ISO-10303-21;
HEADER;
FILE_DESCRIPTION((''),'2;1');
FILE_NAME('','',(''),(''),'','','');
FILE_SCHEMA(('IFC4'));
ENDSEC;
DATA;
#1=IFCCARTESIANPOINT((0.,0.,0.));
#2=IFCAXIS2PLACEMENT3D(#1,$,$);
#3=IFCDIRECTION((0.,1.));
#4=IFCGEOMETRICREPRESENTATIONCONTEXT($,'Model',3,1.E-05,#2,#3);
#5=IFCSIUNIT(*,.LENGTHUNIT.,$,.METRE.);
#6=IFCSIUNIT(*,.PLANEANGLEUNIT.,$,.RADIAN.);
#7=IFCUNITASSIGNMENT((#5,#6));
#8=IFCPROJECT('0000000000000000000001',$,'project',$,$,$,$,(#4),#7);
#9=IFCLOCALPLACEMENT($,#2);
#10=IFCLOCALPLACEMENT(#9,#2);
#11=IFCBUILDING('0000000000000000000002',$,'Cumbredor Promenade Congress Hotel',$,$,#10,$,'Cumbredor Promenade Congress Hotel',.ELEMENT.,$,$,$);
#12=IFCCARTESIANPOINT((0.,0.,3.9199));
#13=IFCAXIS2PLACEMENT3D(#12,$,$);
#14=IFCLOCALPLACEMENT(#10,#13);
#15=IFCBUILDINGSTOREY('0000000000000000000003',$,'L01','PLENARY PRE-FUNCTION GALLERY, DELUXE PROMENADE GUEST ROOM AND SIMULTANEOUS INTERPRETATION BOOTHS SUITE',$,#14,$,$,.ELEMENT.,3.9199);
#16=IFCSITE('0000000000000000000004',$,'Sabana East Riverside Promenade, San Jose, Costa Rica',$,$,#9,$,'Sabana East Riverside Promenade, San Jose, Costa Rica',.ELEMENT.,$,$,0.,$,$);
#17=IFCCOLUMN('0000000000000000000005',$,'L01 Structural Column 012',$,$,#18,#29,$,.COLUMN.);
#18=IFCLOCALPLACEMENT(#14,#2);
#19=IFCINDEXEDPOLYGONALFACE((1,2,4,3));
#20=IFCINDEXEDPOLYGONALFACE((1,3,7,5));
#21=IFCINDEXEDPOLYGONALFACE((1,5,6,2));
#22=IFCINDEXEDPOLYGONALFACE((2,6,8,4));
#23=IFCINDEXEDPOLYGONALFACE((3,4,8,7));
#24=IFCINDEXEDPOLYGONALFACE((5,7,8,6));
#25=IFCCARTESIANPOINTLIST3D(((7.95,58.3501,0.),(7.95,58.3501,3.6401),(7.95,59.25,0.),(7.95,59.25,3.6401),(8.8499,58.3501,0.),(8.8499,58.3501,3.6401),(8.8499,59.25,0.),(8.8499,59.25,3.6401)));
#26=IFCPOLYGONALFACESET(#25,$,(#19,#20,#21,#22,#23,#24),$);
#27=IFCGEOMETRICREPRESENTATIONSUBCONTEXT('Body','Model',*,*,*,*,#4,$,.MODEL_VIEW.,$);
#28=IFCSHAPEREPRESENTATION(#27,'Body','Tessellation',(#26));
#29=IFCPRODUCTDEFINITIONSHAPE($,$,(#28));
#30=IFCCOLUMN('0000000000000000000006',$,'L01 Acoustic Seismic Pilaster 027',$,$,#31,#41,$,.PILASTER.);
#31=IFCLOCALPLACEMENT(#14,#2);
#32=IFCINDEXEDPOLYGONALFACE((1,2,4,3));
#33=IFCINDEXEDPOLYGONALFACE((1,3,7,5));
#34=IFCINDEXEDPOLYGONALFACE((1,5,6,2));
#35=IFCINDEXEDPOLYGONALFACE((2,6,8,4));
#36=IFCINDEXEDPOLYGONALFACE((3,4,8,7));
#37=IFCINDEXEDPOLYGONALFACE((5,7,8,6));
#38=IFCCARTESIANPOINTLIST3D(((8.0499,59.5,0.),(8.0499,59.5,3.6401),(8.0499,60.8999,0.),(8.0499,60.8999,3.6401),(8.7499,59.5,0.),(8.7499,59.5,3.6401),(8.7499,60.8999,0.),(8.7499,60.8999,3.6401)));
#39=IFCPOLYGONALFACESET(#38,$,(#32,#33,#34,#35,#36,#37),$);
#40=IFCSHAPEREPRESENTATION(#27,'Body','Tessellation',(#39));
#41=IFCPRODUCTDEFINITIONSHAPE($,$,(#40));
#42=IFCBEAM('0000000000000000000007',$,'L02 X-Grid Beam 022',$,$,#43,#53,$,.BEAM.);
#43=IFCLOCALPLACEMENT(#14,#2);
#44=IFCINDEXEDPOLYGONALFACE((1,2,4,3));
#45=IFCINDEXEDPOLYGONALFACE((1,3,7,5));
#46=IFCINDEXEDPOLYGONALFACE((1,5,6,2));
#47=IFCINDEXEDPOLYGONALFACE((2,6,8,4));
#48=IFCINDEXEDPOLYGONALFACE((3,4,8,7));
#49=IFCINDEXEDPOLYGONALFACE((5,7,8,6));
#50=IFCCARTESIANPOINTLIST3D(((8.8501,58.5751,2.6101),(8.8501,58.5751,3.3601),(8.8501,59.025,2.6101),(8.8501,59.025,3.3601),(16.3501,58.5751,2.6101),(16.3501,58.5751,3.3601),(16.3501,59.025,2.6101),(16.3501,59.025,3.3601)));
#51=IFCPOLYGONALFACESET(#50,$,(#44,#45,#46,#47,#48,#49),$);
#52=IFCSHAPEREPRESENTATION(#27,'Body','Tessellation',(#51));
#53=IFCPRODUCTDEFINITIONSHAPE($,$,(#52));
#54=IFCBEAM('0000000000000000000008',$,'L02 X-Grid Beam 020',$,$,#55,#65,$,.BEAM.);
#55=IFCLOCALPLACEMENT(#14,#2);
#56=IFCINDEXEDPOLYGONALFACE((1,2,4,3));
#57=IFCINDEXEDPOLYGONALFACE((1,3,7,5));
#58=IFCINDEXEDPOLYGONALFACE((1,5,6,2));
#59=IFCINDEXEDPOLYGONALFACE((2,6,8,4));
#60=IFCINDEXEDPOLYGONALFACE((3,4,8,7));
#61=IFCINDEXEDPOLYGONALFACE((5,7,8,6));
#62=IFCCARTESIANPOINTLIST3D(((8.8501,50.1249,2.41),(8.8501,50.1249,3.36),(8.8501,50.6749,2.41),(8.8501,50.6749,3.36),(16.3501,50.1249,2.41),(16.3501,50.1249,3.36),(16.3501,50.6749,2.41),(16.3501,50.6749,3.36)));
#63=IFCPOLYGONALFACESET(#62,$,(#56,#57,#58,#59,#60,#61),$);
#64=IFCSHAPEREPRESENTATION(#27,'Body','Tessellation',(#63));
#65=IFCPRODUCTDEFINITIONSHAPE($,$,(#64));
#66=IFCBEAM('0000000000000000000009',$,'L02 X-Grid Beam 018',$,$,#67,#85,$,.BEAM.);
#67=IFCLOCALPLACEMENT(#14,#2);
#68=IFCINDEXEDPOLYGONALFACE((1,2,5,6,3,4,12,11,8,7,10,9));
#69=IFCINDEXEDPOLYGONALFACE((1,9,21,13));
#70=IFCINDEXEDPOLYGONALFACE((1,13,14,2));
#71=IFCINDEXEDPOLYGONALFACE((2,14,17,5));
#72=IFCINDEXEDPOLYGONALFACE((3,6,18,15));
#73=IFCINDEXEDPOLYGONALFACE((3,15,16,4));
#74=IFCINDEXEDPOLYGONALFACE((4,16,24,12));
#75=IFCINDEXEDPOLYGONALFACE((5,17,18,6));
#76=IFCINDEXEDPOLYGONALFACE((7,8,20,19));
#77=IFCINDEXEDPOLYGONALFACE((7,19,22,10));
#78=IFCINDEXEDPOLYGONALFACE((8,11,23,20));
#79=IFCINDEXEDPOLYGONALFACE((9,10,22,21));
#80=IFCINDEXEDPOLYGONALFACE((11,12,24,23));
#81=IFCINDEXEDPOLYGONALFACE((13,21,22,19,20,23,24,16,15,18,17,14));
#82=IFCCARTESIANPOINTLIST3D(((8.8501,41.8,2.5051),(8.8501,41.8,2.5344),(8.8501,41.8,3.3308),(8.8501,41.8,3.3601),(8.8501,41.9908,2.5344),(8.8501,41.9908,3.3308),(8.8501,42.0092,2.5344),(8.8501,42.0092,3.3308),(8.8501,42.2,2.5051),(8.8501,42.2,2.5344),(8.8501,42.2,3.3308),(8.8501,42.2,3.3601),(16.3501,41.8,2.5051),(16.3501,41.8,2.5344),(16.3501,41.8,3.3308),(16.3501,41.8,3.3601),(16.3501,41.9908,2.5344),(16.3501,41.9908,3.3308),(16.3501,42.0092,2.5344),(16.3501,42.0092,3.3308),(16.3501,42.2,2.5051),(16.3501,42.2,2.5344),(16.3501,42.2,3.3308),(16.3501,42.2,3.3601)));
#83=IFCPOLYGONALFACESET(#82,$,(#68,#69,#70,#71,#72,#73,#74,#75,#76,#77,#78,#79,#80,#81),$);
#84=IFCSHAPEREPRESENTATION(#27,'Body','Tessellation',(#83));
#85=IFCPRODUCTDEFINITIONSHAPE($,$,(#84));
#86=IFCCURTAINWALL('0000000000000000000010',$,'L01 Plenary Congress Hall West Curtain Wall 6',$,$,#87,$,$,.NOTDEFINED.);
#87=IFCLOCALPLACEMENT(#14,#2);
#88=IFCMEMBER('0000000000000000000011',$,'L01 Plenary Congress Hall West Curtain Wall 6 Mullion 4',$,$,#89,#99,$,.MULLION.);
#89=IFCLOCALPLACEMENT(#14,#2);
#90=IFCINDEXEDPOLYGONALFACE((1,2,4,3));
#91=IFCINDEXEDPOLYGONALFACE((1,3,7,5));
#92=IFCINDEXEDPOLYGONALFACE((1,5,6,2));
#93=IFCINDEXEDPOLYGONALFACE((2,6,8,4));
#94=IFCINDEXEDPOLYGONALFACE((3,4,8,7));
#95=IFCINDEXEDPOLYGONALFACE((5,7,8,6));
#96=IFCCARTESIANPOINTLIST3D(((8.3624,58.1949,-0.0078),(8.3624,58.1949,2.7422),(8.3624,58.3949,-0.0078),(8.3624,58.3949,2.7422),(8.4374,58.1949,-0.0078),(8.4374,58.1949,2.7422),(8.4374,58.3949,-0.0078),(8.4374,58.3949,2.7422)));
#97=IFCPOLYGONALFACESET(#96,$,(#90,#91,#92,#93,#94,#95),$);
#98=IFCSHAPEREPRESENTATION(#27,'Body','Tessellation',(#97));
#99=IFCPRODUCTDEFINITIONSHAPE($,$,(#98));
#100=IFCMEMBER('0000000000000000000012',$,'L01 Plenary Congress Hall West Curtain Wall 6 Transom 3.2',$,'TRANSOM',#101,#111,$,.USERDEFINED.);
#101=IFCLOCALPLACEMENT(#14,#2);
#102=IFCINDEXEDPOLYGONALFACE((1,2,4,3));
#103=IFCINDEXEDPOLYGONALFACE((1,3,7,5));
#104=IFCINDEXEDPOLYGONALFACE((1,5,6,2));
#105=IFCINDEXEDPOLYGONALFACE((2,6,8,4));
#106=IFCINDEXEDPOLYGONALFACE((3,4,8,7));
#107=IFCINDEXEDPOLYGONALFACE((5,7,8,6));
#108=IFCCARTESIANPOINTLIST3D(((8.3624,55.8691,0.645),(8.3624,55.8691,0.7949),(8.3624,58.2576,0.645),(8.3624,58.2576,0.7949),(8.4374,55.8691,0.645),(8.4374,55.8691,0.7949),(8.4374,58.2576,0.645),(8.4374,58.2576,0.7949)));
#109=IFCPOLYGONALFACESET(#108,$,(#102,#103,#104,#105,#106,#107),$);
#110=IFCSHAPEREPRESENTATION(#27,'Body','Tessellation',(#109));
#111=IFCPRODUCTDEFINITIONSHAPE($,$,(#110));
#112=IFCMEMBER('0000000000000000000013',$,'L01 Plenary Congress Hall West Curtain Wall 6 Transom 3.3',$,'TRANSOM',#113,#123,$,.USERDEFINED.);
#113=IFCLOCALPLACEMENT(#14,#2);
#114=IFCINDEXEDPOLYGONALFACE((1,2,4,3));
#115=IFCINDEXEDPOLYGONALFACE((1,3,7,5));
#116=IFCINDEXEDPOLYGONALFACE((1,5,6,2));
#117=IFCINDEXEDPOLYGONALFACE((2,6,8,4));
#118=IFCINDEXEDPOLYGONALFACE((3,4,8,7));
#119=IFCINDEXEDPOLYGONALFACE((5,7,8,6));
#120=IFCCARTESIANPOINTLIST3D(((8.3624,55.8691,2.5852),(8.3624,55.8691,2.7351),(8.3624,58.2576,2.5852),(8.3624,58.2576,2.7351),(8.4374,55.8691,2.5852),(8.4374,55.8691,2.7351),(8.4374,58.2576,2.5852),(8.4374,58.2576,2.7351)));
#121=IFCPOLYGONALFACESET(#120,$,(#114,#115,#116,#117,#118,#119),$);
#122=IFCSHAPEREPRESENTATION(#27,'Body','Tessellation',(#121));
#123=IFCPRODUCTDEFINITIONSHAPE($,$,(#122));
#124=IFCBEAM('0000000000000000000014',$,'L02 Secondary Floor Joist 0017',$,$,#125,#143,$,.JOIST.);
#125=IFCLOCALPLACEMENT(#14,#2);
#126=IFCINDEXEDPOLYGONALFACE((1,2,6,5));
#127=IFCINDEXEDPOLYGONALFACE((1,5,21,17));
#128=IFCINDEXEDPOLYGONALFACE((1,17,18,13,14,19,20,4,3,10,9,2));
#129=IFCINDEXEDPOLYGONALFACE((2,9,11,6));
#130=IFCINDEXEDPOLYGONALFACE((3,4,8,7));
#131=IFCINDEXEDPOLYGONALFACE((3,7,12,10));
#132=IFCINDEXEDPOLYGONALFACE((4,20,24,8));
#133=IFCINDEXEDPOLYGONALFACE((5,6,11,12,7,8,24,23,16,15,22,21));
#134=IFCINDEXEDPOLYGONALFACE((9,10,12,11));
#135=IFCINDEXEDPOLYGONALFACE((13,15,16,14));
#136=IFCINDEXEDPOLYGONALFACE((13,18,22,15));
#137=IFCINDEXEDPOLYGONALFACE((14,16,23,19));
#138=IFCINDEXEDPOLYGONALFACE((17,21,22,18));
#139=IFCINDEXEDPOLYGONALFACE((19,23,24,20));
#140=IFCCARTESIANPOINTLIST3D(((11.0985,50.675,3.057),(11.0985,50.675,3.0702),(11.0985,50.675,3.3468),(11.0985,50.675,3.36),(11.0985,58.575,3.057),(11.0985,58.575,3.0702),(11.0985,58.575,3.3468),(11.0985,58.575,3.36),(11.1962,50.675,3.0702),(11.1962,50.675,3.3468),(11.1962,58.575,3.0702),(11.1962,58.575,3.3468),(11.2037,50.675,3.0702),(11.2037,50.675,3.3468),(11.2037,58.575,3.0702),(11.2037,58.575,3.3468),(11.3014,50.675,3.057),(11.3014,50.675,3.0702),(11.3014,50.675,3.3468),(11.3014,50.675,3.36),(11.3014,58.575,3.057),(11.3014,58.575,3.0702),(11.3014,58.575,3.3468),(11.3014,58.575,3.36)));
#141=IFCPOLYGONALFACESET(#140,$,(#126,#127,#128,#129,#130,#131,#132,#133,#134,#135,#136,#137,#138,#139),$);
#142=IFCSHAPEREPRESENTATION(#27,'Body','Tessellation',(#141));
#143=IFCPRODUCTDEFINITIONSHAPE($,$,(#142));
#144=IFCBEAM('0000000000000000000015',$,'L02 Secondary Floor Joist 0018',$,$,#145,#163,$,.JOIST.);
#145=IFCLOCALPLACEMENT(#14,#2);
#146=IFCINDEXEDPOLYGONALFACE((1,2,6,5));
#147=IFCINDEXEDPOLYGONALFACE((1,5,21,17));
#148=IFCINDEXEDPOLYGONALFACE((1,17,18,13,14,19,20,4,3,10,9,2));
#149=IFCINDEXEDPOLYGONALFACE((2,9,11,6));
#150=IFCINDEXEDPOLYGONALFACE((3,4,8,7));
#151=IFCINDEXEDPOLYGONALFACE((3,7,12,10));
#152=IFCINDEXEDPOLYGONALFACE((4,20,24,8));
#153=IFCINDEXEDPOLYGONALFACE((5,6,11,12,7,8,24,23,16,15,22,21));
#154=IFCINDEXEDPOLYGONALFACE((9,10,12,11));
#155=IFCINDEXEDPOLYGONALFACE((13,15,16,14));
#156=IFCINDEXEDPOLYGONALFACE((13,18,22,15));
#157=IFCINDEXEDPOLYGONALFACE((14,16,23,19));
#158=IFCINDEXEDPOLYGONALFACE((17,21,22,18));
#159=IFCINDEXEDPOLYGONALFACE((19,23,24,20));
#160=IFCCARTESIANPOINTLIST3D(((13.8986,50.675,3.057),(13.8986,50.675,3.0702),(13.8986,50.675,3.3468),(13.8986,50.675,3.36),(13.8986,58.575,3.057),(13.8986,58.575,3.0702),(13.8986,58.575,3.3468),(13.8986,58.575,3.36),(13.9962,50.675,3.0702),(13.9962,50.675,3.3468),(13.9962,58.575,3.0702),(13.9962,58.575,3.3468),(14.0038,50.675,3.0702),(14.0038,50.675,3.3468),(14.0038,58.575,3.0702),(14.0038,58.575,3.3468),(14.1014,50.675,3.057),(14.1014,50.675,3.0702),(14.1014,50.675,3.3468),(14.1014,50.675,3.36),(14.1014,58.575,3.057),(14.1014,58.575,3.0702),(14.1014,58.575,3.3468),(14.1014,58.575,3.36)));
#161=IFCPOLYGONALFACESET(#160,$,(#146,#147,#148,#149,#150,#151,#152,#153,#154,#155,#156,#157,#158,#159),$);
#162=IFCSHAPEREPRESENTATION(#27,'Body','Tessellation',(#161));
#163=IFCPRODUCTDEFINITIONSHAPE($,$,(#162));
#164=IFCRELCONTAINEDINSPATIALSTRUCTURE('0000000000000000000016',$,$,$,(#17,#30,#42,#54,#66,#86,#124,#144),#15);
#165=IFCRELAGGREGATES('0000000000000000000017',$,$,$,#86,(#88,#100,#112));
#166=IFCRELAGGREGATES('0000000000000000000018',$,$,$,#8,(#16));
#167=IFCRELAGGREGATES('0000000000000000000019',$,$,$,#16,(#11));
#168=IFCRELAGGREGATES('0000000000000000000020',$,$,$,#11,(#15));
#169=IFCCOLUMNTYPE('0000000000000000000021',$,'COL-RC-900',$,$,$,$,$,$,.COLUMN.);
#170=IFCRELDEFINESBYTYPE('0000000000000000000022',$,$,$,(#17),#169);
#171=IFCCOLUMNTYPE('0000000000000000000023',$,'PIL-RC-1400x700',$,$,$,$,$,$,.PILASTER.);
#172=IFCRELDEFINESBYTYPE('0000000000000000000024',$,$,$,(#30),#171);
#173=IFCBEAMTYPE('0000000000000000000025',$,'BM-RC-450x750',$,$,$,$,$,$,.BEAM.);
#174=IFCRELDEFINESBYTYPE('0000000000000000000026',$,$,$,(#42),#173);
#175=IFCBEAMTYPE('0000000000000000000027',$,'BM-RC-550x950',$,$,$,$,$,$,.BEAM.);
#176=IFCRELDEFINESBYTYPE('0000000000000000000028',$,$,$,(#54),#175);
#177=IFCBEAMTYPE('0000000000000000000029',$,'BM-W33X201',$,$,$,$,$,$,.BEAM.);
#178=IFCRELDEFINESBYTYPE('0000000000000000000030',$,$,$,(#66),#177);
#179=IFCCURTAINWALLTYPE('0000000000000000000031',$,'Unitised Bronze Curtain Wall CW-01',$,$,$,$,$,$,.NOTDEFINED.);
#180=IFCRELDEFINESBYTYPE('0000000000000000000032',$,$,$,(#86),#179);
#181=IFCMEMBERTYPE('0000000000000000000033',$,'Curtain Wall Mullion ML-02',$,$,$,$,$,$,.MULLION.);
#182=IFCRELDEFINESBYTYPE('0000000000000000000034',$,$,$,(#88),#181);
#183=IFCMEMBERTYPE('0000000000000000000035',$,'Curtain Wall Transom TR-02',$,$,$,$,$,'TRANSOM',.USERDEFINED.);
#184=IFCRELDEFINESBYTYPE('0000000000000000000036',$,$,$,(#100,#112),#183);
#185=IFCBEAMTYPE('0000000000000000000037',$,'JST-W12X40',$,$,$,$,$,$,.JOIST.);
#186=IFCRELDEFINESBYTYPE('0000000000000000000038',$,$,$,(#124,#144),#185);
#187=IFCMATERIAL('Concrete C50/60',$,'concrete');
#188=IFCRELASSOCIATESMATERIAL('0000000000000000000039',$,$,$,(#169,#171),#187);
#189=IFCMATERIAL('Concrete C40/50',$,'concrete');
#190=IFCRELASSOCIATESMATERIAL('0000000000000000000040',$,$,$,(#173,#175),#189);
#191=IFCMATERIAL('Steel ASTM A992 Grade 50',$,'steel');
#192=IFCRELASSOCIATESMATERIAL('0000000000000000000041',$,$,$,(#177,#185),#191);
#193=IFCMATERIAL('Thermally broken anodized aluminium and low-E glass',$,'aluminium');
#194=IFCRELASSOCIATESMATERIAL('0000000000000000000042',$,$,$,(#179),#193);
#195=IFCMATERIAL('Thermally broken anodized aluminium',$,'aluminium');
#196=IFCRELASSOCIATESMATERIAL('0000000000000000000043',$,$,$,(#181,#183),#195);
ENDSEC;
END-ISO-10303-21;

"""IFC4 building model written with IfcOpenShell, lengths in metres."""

from ifc_helpers import new_model, si_unit, direction, frame, origin, origin_2d, place, context, subcontext, project, spatial, rectangle, i_section, extrude, material, material_profile, profile_set, type_object, element, aggregate, save


model = new_model("IFC4")

# Units and contexts
model_context = context("Model", 3, precision=1e-05, world=origin(), true_north=direction((0.0, 1.0)))
body_context = subcontext(model_context, "Body", "Model", "MODEL_VIEW")
ifc_project = project(units=[si_unit("LENGTHUNIT", "METRE"), si_unit("PLANEANGLEUNIT", "RADIAN")], contexts=[model_context])

# Site, building, storey
site_placement = place(None, origin())
site = spatial("IfcSite", under=ifc_project, at=site_placement, Name="Sabana East Riverside Promenade, San Jose, Costa Rica", LongName="Sabana East Riverside Promenade, San Jose, Costa Rica", CompositionType="ELEMENT", RefElevation=0.0)
building_placement = place(site_placement, origin())
building = spatial("IfcBuilding", under=site, at=building_placement, Name="Cumbredor Promenade Congress Hotel", LongName="Cumbredor Promenade Congress Hotel", CompositionType="ELEMENT")
storey_placement = place(building_placement, frame((0.0, 0.0, 3.9199)))
storey = spatial("IfcBuildingStorey", under=building, at=storey_placement, Name="L01", Description="PLENARY PRE-FUNCTION GALLERY, DELUXE PROMENADE GUEST ROOM AND SIMULTANEOUS INTERPRETATION BOOTHS SUITE", CompositionType="ELEMENT", Elevation=3.9199)

# Columns
ifc_material_1 = material(Name="Concrete C50/60", Category="concrete")
ifc_material_profile_1 = material_profile(ifc_material_1, rectangle(XDim=0.8999, YDim=0.8999, at=origin_2d()), Name="RC 900x900")
ifc_profile_set_1 = profile_set([ifc_material_profile_1], Name="Concrete C50/60")
column_type_1 = type_object("IfcColumnType", Name="COL-RC-900", PredefinedType="COLUMN", material=ifc_profile_set_1)
column_1_placement = place(storey_placement, frame((8.3999, 58.8, 0.0), z_axis=(0.0, 0.0, 1.0), x_axis=(1.0, 0.0, 0.0)))
element("IfcColumn", 1, at=column_1_placement, inside=storey, type_object=column_type_1, Name="L01 Structural Column 012", PredefinedType="COLUMN", context=body_context, shape_type="SweptSolid", body=[
    extrude(rectangle(XDim=0.8999, YDim=0.8999, at=origin_2d()), origin(), (0.0, 0.0, 1.0), 3.6401),
])
ifc_material_profile_2 = material_profile(ifc_material_1, rectangle(XDim=0.7, YDim=1.3999, at=origin_2d()), Name="RC PILASTER 1400x700")
ifc_profile_set_2 = profile_set([ifc_material_profile_2], Name="Concrete C50/60")
column_type_2 = type_object("IfcColumnType", Name="PIL-RC-1400x700", PredefinedType="PILASTER", material=ifc_profile_set_2)
column_2_placement = place(storey_placement, frame((8.3999, 60.2, 0.0), z_axis=(0.0, 0.0, 1.0), x_axis=(1.0, 0.0, 0.0)))
element("IfcColumn", 2, at=column_2_placement, inside=storey, type_object=column_type_2, Name="L01 Acoustic Seismic Pilaster 027", PredefinedType="PILASTER", context=body_context, shape_type="SweptSolid", body=[
    extrude(rectangle(XDim=0.7, YDim=1.3999, at=origin_2d()), origin(), (0.0, 0.0, 1.0), 3.6401),
])

# Beams
ifc_material_2 = material(Name="Concrete C40/50", Category="concrete")
ifc_material_profile_3 = material_profile(ifc_material_2, rectangle(XDim=0.45, YDim=0.75, at=origin_2d()), Name="RC BEAM 450x750")
ifc_profile_set_3 = profile_set([ifc_material_profile_3], Name="Concrete C40/50")
beam_type_1 = type_object("IfcBeamType", Name="BM-RC-450x750", PredefinedType="BEAM", material=ifc_profile_set_3)
beam_1_placement = place(storey_placement, frame((8.8501, 58.8, 2.9851), z_axis=(1.0, 0.0, 0.0), x_axis=(0.0, 1.0, 0.0)))
element("IfcBeam", 3, at=beam_1_placement, inside=storey, type_object=beam_type_1, Name="L02 X-Grid Beam 022", PredefinedType="BEAM", context=body_context, shape_type="SweptSolid", body=[
    extrude(rectangle(XDim=0.45, YDim=0.75, at=origin_2d()), origin(), (0.0, 0.0, 1.0), 7.5),
])
ifc_material_profile_4 = material_profile(ifc_material_2, rectangle(XDim=0.55, YDim=0.95, at=origin_2d()), Name="RC BEAM 550x950")
ifc_profile_set_4 = profile_set([ifc_material_profile_4], Name="Concrete C40/50")
beam_type_2 = type_object("IfcBeamType", Name="BM-RC-550x950", PredefinedType="BEAM", material=ifc_profile_set_4)
beam_2_placement = place(storey_placement, frame((8.8501, 50.3999, 2.885), z_axis=(1.0, 0.0, 0.0), x_axis=(0.0, 1.0, 0.0)))
element("IfcBeam", 4, at=beam_2_placement, inside=storey, type_object=beam_type_2, Name="L02 X-Grid Beam 020", PredefinedType="BEAM", context=body_context, shape_type="SweptSolid", body=[
    extrude(rectangle(XDim=0.55, YDim=0.95, at=origin_2d()), origin(), (0.0, 0.0, 1.0), 7.5),
])
ifc_material_3 = material(Name="Steel ASTM A992 Grade 50", Category="steel")
ifc_material_profile_5 = material_profile(ifc_material_3, i_section(OverallWidth=0.3999, OverallDepth=0.855, WebThickness=0.0183, FlangeThickness=0.0293, at=origin_2d()), Name="W33X201")
ifc_profile_set_5 = profile_set([ifc_material_profile_5], Name="Steel ASTM A992 Grade 50")
beam_type_3 = type_object("IfcBeamType", Name="BM-W33X201", PredefinedType="BEAM", material=ifc_profile_set_5)
beam_3_placement = place(storey_placement, frame((8.8501, 42.0, 2.9326), z_axis=(1.0, 0.0, 0.0), x_axis=(0.0, 1.0, 0.0)))
element("IfcBeam", 5, at=beam_3_placement, inside=storey, type_object=beam_type_3, Name="L02 X-Grid Beam 018", PredefinedType="BEAM", context=body_context, shape_type="SweptSolid", body=[
    extrude(i_section(OverallWidth=0.3999, OverallDepth=0.855, WebThickness=0.0183, FlangeThickness=0.0293, at=origin_2d()), origin(), (0.0, 0.0, 1.0), 7.5),
])

# Curtain wall, members
ifc_material_4 = material(Name="Thermally broken anodized aluminium and low-E glass", Category="aluminium")
curtain_wall_type = type_object("IfcCurtainWallType", Name="Unitised Bronze Curtain Wall CW-01", PredefinedType="NOTDEFINED", material=ifc_material_4)
curtain_wall_placement = place(storey_placement, origin())
curtain_wall = element("IfcCurtainWall", 6, at=curtain_wall_placement, inside=storey, type_object=curtain_wall_type, Name="L01 Plenary Congress Hall West Curtain Wall 6", PredefinedType="NOTDEFINED")
ifc_material_5 = material(Name="Thermally broken anodized aluminium", Category="aluminium")
ifc_material_profile_6 = material_profile(ifc_material_5, rectangle(XDim=0.075, YDim=0.2, at=origin_2d()), Name="ALU MULLION 75x200")
ifc_profile_set_6 = profile_set([ifc_material_profile_6], Name="Thermally broken anodized aluminium")
member_type_1 = type_object("IfcMemberType", Name="Curtain Wall Mullion ML-02", PredefinedType="MULLION", material=ifc_profile_set_6)
member_1_placement = place(storey_placement, frame((8.3999, 58.2949, -0.0078), z_axis=(0.0, 0.0, 1.0), x_axis=(1.0, 0.0, 0.0)))
member_1 = element("IfcMember", 7, at=member_1_placement, type_object=member_type_1, Name="L01 Plenary Congress Hall West Curtain Wall 6 Mullion 4", PredefinedType="MULLION", context=body_context, shape_type="SweptSolid", body=[
    extrude(rectangle(XDim=0.075, YDim=0.2, at=origin_2d()), origin(), (0.0, 0.0, 1.0), 2.75),
])
ifc_material_profile_7 = material_profile(ifc_material_5, rectangle(XDim=0.075, YDim=0.1499, at=origin_2d()), Name="ALU TRANSOM 75x150")
ifc_profile_set_7 = profile_set([ifc_material_profile_7], Name="Thermally broken anodized aluminium")
member_type_2 = type_object("IfcMemberType", Name="Curtain Wall Transom TR-02", ElementType="TRANSOM", PredefinedType="USERDEFINED", material=ifc_profile_set_7)
member_2_placement = place(storey_placement, frame((8.3999, 55.8691, 0.72), z_axis=(0.0, 1.0, 0.0), x_axis=(-1.0, 0.0, 0.0)))
member_2 = element("IfcMember", 8, at=member_2_placement, type_object=member_type_2, Name="L01 Plenary Congress Hall West Curtain Wall 6 Transom 3.2", ObjectType="TRANSOM", PredefinedType="USERDEFINED", context=body_context, shape_type="SweptSolid", body=[
    extrude(rectangle(XDim=0.075, YDim=0.1499, at=origin_2d()), origin(), (0.0, 0.0, 1.0), 2.3884),
])
member_3_placement = place(storey_placement, frame((8.3999, 55.8691, 2.6602), z_axis=(0.0, 1.0, 0.0), x_axis=(-1.0, 0.0, 0.0)))
member_3 = element("IfcMember", 9, at=member_3_placement, type_object=member_type_2, Name="L01 Plenary Congress Hall West Curtain Wall 6 Transom 3.3", ObjectType="TRANSOM", PredefinedType="USERDEFINED", context=body_context, shape_type="SweptSolid", body=[
    extrude(rectangle(XDim=0.075, YDim=0.1499, at=origin_2d()), origin(), (0.0, 0.0, 1.0), 2.3884),
])

# Beams
ifc_material_profile_8 = material_profile(ifc_material_3, i_section(OverallWidth=0.2029, OverallDepth=0.303, WebThickness=0.0076, FlangeThickness=0.0132, at=origin_2d()), Name="W12X40")
ifc_profile_set_8 = profile_set([ifc_material_profile_8], Name="Steel ASTM A992 Grade 50")
beam_type_4 = type_object("IfcBeamType", Name="JST-W12X40", PredefinedType="JOIST", material=ifc_profile_set_8)
for number, where, z_axis, x_axis, name in (
    (10, (11.2, 50.675, 3.2085), (0.0, 1.0, 0.0), (-1.0, 0.0, 0.0), "L02 Secondary Floor Joist 0017"),
    (11, (14.0, 50.675, 3.2085), (0.0, 1.0, 0.0), (-1.0, 0.0, 0.0), "L02 Secondary Floor Joist 0018"),
):
    element("IfcBeam", number, at=place(storey_placement, frame(where, z_axis=z_axis, x_axis=x_axis)), inside=storey, type_object=beam_type_4, Name=name, PredefinedType="JOIST", context=body_context, shape_type="SweptSolid", body=[
        extrude(i_section(OverallWidth=0.2029, OverallDepth=0.303, WebThickness=0.0076, FlangeThickness=0.0132, at=origin_2d()), origin(), (0.0, 0.0, 1.0), 7.8999),
    ])

aggregate(curtain_wall, [member_1, member_2, member_3])

save(model, "model.ifc")
